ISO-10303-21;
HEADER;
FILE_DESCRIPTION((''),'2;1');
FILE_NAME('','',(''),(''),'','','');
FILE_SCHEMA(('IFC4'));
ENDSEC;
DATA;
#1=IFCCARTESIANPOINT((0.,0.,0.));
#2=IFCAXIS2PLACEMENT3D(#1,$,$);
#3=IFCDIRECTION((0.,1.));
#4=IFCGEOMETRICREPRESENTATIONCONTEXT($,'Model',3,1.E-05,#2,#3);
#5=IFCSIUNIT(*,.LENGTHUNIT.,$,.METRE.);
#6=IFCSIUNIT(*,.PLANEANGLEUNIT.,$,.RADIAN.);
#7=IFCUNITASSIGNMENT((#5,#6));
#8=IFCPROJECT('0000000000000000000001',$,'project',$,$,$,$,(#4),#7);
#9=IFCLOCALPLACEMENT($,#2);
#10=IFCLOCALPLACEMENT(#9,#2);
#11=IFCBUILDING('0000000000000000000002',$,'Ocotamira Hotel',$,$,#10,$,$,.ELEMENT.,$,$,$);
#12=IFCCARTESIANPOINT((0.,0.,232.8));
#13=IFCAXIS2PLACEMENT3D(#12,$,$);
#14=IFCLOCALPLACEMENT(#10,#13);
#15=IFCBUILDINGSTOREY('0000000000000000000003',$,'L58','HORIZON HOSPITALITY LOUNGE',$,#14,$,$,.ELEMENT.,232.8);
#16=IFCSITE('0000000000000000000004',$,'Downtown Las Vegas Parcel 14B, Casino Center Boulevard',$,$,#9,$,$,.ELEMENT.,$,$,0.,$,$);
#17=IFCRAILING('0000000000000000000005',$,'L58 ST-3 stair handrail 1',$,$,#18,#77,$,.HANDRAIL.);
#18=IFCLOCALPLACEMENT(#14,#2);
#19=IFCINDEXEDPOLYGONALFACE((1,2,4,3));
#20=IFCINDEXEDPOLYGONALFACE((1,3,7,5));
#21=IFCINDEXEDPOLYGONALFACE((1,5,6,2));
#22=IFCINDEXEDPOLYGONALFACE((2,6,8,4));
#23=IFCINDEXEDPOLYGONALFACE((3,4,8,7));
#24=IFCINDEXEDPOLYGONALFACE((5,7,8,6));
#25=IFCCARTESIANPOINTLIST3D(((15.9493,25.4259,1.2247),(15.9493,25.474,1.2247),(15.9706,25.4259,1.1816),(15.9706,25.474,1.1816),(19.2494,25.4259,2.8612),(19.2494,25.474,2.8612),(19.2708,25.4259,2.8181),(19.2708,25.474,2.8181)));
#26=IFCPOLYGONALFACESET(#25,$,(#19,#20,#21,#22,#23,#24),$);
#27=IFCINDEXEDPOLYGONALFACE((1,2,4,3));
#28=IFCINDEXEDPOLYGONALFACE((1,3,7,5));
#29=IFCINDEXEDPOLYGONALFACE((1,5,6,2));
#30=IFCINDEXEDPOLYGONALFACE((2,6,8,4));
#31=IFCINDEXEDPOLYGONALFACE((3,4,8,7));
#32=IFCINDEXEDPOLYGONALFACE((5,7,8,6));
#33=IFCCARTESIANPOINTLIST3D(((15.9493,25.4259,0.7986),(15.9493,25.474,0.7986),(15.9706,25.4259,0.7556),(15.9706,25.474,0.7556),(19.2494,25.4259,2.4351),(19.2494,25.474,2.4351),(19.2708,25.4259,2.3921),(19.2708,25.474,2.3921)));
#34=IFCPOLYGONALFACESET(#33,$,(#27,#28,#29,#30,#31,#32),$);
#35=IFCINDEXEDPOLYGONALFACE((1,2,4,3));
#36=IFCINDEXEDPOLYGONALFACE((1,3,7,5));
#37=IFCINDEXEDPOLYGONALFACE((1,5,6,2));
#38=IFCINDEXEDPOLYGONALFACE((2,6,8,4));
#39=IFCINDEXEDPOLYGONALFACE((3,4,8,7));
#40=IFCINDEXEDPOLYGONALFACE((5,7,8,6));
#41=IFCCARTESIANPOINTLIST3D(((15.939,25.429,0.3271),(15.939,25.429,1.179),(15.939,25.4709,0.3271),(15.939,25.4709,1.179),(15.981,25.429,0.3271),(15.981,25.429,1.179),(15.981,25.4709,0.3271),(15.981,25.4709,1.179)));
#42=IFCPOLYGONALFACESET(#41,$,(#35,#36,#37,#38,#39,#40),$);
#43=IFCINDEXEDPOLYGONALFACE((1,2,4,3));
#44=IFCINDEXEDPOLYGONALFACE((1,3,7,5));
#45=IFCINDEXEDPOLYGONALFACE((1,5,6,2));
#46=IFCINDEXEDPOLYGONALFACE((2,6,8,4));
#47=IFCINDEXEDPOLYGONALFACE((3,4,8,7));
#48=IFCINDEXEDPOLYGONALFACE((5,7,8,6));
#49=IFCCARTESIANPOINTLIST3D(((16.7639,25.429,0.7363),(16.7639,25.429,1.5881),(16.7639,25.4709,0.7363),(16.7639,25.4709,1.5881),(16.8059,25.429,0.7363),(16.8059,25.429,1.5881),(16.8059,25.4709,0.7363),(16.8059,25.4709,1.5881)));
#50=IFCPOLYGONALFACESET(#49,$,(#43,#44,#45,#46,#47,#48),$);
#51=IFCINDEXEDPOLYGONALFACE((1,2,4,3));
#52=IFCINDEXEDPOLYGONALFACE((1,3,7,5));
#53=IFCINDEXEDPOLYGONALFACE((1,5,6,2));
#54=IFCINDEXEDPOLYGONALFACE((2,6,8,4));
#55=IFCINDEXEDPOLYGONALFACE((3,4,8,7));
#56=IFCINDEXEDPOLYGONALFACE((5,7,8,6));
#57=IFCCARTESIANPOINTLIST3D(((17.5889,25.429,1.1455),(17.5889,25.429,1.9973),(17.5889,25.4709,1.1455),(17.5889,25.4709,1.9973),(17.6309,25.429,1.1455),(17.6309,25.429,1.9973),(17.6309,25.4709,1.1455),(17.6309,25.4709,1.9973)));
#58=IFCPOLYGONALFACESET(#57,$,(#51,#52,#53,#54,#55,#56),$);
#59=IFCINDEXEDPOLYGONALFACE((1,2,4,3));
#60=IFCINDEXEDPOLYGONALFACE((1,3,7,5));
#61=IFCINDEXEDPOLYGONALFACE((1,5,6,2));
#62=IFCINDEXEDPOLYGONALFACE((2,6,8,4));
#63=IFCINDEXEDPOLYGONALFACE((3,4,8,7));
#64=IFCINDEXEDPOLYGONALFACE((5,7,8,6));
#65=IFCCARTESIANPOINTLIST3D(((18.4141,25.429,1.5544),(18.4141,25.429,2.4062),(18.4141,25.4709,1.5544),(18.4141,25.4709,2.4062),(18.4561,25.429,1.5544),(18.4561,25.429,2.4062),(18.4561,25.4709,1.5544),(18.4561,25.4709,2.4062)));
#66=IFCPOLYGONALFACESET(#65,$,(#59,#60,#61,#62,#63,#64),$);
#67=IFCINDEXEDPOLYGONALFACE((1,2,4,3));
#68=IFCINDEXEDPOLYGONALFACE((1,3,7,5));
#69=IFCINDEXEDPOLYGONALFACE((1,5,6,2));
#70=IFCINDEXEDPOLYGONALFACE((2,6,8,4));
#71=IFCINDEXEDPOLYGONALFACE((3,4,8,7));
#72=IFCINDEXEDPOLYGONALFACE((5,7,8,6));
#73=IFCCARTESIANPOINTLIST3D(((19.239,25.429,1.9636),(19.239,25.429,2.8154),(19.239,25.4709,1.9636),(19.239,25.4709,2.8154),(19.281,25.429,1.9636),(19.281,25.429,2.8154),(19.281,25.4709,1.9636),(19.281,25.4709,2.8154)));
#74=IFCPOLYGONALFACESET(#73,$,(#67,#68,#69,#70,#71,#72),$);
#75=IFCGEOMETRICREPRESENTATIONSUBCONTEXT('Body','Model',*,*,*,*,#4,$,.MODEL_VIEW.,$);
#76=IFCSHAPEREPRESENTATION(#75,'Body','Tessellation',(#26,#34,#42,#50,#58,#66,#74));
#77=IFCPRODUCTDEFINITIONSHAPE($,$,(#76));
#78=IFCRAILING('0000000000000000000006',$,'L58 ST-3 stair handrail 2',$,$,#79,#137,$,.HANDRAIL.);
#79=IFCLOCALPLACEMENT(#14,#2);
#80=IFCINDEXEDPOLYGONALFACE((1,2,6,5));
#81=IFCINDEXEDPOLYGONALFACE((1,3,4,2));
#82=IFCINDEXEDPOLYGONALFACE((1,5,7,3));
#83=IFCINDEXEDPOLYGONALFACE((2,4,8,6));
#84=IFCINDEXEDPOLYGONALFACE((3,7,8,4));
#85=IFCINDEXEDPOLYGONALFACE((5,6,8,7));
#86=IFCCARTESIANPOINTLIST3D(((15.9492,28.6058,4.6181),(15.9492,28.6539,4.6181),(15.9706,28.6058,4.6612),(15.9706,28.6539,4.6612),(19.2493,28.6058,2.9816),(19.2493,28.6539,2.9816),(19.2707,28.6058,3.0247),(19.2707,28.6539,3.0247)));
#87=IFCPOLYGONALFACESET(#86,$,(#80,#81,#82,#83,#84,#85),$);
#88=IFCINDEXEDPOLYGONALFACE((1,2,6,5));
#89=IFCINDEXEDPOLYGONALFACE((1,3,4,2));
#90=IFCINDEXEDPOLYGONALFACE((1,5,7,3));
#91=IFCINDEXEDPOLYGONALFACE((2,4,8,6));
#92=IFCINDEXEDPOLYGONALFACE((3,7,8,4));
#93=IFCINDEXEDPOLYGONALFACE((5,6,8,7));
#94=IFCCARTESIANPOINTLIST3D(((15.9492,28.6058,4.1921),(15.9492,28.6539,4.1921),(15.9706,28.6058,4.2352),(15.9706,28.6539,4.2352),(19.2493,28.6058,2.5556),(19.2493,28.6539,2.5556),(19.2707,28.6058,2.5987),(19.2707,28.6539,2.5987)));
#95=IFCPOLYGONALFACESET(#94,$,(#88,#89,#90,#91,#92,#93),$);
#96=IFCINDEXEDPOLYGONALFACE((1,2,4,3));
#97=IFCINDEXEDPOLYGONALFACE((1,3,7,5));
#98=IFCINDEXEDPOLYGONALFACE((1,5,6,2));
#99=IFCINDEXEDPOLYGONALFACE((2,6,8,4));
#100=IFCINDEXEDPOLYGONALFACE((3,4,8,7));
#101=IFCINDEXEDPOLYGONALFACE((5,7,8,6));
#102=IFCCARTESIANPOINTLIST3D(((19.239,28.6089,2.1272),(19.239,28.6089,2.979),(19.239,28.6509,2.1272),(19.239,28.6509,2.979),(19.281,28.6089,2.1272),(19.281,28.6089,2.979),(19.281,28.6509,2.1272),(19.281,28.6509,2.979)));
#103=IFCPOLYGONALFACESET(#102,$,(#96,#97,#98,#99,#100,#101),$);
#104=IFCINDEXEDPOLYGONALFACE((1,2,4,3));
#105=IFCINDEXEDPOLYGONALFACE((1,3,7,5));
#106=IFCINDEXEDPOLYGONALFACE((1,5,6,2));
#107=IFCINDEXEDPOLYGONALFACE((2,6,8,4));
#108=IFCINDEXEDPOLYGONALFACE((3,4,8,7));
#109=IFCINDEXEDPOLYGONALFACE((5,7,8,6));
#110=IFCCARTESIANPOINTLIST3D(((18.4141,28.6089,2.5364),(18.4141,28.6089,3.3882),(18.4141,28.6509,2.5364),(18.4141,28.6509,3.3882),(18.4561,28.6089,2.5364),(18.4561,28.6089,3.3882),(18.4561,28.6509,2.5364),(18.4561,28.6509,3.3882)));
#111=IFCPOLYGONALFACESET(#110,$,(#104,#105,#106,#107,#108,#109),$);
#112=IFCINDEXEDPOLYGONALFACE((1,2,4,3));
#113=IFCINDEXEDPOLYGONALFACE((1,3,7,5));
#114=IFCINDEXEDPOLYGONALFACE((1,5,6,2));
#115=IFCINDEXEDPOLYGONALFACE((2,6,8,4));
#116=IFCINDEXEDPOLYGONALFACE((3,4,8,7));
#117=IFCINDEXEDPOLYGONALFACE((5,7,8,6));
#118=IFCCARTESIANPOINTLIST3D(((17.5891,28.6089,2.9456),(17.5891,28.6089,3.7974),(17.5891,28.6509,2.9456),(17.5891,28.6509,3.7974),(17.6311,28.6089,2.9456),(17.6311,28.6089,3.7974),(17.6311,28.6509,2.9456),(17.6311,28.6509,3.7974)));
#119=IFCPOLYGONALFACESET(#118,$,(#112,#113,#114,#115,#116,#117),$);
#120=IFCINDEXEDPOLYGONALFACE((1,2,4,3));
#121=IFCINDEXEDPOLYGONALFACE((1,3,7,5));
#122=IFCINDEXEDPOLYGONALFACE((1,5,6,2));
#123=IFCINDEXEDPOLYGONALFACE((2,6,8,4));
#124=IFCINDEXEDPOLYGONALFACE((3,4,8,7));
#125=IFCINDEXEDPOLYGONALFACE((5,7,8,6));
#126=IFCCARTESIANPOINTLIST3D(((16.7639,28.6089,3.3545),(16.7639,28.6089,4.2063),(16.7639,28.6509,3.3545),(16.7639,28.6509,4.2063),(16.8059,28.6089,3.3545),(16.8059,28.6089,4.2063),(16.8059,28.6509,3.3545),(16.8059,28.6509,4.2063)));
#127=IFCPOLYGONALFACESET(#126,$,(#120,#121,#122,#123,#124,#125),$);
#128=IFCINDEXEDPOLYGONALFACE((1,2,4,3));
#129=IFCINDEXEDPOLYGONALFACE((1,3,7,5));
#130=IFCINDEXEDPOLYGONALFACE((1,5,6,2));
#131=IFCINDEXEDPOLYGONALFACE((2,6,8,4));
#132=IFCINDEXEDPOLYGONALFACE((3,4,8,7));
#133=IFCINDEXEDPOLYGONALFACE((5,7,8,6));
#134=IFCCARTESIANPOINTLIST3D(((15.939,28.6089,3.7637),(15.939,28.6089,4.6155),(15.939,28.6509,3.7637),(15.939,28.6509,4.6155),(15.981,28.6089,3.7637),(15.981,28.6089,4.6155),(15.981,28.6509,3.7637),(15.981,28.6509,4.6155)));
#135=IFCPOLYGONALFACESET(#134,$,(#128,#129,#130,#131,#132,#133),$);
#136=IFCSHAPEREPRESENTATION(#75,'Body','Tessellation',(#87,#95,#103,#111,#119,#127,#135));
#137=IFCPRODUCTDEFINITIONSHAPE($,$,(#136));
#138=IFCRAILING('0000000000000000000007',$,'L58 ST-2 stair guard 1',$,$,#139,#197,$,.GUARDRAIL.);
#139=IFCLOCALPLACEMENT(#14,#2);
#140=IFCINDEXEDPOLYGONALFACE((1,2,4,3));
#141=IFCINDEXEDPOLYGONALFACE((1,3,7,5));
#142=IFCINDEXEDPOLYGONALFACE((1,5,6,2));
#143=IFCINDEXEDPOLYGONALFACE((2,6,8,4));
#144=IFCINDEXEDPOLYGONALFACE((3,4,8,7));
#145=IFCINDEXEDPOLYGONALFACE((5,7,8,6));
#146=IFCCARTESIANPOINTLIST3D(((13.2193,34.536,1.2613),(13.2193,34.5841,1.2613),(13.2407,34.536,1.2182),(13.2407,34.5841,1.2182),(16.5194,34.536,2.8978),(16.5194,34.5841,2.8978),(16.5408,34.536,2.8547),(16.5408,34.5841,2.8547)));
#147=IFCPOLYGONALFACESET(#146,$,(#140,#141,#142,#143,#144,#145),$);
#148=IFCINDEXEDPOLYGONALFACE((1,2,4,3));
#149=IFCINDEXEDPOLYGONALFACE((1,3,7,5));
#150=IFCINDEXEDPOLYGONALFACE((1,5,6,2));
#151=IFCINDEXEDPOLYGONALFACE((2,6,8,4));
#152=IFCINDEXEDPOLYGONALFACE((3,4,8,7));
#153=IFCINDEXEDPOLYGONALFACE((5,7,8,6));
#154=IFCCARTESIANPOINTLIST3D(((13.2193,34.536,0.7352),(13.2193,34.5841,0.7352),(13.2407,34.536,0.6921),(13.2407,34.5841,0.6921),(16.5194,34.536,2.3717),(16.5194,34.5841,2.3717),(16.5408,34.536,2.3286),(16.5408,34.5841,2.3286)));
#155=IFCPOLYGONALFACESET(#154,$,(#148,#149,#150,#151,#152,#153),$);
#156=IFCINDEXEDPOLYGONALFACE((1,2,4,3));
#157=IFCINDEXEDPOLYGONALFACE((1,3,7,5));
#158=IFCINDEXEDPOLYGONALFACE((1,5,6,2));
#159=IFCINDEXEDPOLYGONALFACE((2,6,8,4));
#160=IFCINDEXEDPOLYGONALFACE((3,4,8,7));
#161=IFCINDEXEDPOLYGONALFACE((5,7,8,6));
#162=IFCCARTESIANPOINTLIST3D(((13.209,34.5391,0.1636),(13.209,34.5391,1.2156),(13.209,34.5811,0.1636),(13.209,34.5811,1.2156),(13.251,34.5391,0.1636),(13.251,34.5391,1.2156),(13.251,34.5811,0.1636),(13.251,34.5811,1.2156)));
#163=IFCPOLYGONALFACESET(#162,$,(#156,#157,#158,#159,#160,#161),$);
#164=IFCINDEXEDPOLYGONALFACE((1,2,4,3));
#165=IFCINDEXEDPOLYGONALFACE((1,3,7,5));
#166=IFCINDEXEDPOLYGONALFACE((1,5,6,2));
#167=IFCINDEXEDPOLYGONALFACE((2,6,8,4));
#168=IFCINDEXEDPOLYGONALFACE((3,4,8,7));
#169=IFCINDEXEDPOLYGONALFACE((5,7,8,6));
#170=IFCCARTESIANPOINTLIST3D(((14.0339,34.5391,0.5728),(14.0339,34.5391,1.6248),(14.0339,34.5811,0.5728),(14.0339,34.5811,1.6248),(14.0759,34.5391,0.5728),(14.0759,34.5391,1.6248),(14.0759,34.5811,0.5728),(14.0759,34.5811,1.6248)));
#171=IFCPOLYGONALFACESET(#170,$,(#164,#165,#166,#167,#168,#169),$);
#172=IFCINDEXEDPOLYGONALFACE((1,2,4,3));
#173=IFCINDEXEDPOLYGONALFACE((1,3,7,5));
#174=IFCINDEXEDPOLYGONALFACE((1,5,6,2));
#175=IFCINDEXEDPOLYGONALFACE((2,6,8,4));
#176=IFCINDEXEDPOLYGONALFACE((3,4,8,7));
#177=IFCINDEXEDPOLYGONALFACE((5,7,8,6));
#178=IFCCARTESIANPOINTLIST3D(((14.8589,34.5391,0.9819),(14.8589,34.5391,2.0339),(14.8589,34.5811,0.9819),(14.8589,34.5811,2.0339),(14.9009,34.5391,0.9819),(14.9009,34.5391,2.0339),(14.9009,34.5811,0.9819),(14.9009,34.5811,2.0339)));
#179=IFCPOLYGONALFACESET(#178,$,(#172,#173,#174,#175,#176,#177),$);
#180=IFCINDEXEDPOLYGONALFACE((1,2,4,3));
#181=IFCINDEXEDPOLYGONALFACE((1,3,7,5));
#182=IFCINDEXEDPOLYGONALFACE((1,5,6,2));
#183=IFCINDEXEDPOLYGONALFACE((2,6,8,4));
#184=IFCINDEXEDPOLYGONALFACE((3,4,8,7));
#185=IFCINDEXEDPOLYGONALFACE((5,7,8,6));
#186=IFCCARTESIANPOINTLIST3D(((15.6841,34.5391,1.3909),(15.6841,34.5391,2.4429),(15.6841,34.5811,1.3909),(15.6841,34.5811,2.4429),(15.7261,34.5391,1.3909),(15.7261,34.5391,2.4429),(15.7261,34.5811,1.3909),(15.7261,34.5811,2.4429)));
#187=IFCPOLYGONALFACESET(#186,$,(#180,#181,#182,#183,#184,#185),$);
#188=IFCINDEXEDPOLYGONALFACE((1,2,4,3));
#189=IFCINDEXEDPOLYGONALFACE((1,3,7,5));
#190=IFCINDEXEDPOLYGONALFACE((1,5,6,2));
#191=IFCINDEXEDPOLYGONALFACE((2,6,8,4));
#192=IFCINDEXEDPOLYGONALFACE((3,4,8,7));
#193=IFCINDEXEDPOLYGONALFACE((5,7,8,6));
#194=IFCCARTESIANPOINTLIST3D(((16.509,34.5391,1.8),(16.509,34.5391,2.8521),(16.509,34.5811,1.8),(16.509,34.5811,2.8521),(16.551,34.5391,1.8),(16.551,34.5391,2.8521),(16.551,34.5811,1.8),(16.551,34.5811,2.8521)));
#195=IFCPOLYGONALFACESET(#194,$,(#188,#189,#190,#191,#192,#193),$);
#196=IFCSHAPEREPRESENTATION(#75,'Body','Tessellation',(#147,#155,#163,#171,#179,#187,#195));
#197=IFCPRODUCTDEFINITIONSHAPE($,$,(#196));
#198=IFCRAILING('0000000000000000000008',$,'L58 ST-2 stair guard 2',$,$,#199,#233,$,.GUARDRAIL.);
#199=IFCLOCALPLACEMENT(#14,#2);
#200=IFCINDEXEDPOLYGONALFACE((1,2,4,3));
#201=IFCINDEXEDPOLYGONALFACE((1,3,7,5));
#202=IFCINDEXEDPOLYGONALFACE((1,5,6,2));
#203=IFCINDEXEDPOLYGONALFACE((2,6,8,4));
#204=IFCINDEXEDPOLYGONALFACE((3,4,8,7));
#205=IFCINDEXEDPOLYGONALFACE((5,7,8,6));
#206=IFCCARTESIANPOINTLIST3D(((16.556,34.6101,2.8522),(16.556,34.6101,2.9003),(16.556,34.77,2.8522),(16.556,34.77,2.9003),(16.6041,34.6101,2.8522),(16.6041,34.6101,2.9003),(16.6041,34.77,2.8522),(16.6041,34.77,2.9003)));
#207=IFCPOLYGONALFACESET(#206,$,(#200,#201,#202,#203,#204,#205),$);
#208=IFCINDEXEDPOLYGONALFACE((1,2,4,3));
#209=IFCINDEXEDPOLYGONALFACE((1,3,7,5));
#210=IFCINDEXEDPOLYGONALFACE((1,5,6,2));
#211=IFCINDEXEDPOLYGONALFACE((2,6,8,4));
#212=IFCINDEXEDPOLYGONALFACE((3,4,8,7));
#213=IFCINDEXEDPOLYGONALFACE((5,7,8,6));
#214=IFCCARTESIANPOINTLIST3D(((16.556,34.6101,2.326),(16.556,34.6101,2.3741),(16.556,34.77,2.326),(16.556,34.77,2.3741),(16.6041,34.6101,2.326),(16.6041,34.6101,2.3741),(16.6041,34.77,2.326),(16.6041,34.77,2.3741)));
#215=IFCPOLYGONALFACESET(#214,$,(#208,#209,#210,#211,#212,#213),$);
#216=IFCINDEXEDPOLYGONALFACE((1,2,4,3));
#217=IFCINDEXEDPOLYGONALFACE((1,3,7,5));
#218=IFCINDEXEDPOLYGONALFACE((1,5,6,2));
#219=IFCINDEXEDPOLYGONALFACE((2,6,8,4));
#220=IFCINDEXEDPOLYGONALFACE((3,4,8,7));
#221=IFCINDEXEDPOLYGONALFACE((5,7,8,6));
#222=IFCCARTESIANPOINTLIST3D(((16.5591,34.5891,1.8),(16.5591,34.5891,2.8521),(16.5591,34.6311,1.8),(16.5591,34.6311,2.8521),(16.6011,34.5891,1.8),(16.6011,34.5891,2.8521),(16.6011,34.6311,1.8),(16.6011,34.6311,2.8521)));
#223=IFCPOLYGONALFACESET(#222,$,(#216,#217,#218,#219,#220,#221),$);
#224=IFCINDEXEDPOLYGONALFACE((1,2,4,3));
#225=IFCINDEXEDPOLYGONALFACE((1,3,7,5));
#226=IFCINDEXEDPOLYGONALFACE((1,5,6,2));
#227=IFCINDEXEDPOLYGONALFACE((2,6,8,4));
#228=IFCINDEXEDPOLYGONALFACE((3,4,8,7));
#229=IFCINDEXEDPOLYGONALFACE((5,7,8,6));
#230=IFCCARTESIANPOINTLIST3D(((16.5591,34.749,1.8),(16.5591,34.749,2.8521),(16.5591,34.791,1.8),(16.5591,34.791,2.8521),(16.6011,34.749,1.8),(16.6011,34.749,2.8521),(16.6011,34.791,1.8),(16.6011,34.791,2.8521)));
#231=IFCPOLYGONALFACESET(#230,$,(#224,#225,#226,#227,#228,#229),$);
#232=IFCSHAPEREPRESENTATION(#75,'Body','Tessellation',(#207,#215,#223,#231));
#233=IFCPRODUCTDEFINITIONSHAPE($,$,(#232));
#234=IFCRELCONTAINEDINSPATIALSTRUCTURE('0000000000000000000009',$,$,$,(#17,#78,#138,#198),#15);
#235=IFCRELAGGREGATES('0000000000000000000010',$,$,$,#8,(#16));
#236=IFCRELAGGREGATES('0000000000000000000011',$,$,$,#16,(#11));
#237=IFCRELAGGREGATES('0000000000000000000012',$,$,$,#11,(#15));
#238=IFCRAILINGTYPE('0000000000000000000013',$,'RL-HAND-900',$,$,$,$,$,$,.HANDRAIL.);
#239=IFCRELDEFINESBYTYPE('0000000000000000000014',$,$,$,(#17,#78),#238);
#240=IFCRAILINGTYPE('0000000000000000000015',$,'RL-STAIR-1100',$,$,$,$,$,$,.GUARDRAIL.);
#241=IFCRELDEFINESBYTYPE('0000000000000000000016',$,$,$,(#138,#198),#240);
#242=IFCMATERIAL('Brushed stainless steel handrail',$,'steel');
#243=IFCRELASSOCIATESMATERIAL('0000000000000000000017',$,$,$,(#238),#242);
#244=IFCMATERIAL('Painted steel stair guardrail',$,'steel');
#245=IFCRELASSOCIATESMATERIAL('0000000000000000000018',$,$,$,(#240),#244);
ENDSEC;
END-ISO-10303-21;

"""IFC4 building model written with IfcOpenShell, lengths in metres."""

from ifc_helpers import new_model, si_unit, direction, frame, origin, origin_2d, place, context, subcontext, project, spatial, rectangle, extrude, material, type_object, element, save


model = new_model("IFC4")

# Units and contexts
model_context = context("Model", 3, precision=1e-05, world=origin(), true_north=direction((0.0, 1.0)))
body_context = subcontext(model_context, "Body", "Model", "MODEL_VIEW")
ifc_project = project(units=[si_unit("LENGTHUNIT", "METRE"), si_unit("PLANEANGLEUNIT", "RADIAN")], contexts=[model_context])

# Site, building, storey
site_placement = place(None, origin())
site = spatial("IfcSite", under=ifc_project, at=site_placement, Name="Downtown Las Vegas Parcel 14B, Casino Center Boulevard", CompositionType="ELEMENT", RefElevation=0.0)
building_placement = place(site_placement, origin())
building = spatial("IfcBuilding", under=site, at=building_placement, Name="Ocotamira Hotel", CompositionType="ELEMENT")
storey_placement = place(building_placement, frame((0.0, 0.0, 232.8)))
storey = spatial("IfcBuildingStorey", under=building, at=storey_placement, Name="L58", Description="HORIZON HOSPITALITY LOUNGE", CompositionType="ELEMENT", Elevation=232.8)

# Railings
ifc_material_1 = material(Name="Painted steel stair guardrail", Category="steel")
ifc_material_2 = material(Name="Brushed stainless steel handrail", Category="steel")
railing_type_1 = type_object("IfcRailingType", Name="RL-HAND-900", PredefinedType="HANDRAIL", material=ifc_material_2)
for number, where, name in (
    (1, (15.96, 25.45, 0.3271), "L58 ST-3 stair handrail 1"),
):
    element("IfcRailing", number, at=place(storey_placement, frame(where)), inside=storey, type_object=railing_type_1, Name=name, PredefinedType="HANDRAIL", context=body_context, shape_type="SweptSolid", body=[
        extrude(rectangle(XDim=0.0481, YDim=0.0481, at=origin_2d()), frame((0.0, 0.0, 0.876), z_axis=(0.895894, 0.0, 0.444268), x_axis=(0.0, 1.0, 0.0)), (0.0, 0.0, 1.0), 3.6836),
        extrude(rectangle(XDim=0.0481, YDim=0.0481, at=origin_2d()), frame((0.0, 0.0, 0.45), z_axis=(0.895894, 0.0, 0.444268), x_axis=(0.0, 1.0, 0.0)), (0.0, 0.0, 1.0), 3.6836),
        extrude(rectangle(XDim=0.042, YDim=0.042, at=origin_2d()), origin(), (0.0, 0.0, 1.0), 0.8518),
        extrude(rectangle(XDim=0.042, YDim=0.042, at=origin_2d()), frame((0.825, 0.0, 0.4092)), (0.0, 0.0, 1.0), 0.8518),
        extrude(rectangle(XDim=0.042, YDim=0.042, at=origin_2d()), frame((1.6499, 0.0, 0.8184)), (0.0, 0.0, 1.0), 0.8518),
        extrude(rectangle(XDim=0.042, YDim=0.042, at=origin_2d()), frame((2.4751, 0.0, 1.2273)), (0.0, 0.0, 1.0), 0.8518),
        extrude(rectangle(XDim=0.042, YDim=0.042, at=origin_2d()), frame((3.3, 0.0, 1.6365)), (0.0, 0.0, 1.0), 0.8518),
    ])
railing_1_placement = place(storey_placement, frame((19.26, 28.6299, 2.1272)))
element("IfcRailing", 2, at=railing_1_placement, inside=storey, type_object=railing_type_1, Name="L58 ST-3 stair handrail 2", PredefinedType="HANDRAIL", context=body_context, shape_type="SweptSolid", body=[
    extrude(rectangle(XDim=0.0481, YDim=0.0481, at=origin_2d()), frame((0.0, 0.0, 0.876), z_axis=(-0.895894, 0.0, 0.444268), x_axis=(0.0, -1.0, 0.0)), (0.0, 0.0, 1.0), 3.6836),
    extrude(rectangle(XDim=0.0481, YDim=0.0481, at=origin_2d()), frame((0.0, 0.0, 0.45), z_axis=(-0.895894, 0.0, 0.444268), x_axis=(0.0, -1.0, 0.0)), (0.0, 0.0, 1.0), 3.6836),
    extrude(rectangle(XDim=0.042, YDim=0.042, at=origin_2d()), origin(), (0.0, 0.0, 1.0), 0.8518),
    extrude(rectangle(XDim=0.042, YDim=0.042, at=origin_2d()), frame((-0.825, 0.0, 0.4092)), (0.0, 0.0, 1.0), 0.8518),
    extrude(rectangle(XDim=0.042, YDim=0.042, at=origin_2d()), frame((-1.6499, 0.0, 0.8184)), (0.0, 0.0, 1.0), 0.8518),
    extrude(rectangle(XDim=0.042, YDim=0.042, at=origin_2d()), frame((-2.4751, 0.0, 1.2273)), (0.0, 0.0, 1.0), 0.8518),
    extrude(rectangle(XDim=0.042, YDim=0.042, at=origin_2d()), frame((-3.3, 0.0, 1.6365)), (0.0, 0.0, 1.0), 0.8518),
])
railing_type_2 = type_object("IfcRailingType", Name="RL-STAIR-1100", PredefinedType="GUARDRAIL", material=ifc_material_1)
railing_2_placement = place(storey_placement, frame((13.23, 34.5601, 0.1636)))
element("IfcRailing", 3, at=railing_2_placement, inside=storey, type_object=railing_type_2, Name="L58 ST-2 stair guard 1", PredefinedType="GUARDRAIL", context=body_context, shape_type="SweptSolid", body=[
    extrude(rectangle(XDim=0.0481, YDim=0.0481, at=origin_2d()), frame((0.0, 0.0, 1.0762), z_axis=(0.895894, 0.0, 0.444268), x_axis=(0.0, 1.0, 0.0)), (0.0, 0.0, 1.0), 3.6836),
    extrude(rectangle(XDim=0.0481, YDim=0.0481, at=origin_2d()), frame((0.0, 0.0, 0.55), z_axis=(0.895894, 0.0, 0.444268), x_axis=(0.0, 1.0, 0.0)), (0.0, 0.0, 1.0), 3.6836),
    extrude(rectangle(XDim=0.042, YDim=0.042, at=origin_2d()), origin(), (0.0, 0.0, 1.0), 1.052),
    extrude(rectangle(XDim=0.042, YDim=0.042, at=origin_2d()), frame((0.825, 0.0, 0.4092)), (0.0, 0.0, 1.0), 1.052),
    extrude(rectangle(XDim=0.042, YDim=0.042, at=origin_2d()), frame((1.6499, 0.0, 0.8184)), (0.0, 0.0, 1.0), 1.052),
    extrude(rectangle(XDim=0.042, YDim=0.042, at=origin_2d()), frame((2.4751, 0.0, 1.2273)), (0.0, 0.0, 1.0), 1.052),
    extrude(rectangle(XDim=0.042, YDim=0.042, at=origin_2d()), frame((3.3, 0.0, 1.6365)), (0.0, 0.0, 1.0), 1.052),
])
railing_3_placement = place(storey_placement, frame((16.5801, 34.6101, 1.8)))
element("IfcRailing", 4, at=railing_3_placement, inside=storey, type_object=railing_type_2, Name="L58 ST-2 stair guard 2", PredefinedType="GUARDRAIL", context=body_context, shape_type="SweptSolid", body=[
    extrude(rectangle(XDim=0.0481, YDim=0.0481, at=origin_2d()), frame((0.0, 0.0, 1.0762), z_axis=(0.0, 1.0, 0.0), x_axis=(-1.0, 0.0, 0.0)), (0.0, 0.0, 1.0), 0.1599),
    extrude(rectangle(XDim=0.0481, YDim=0.0481, at=origin_2d()), frame((0.0, 0.0, 0.55), z_axis=(0.0, 1.0, 0.0), x_axis=(-1.0, 0.0, 0.0)), (0.0, 0.0, 1.0), 0.1599),
    extrude(rectangle(XDim=0.042, YDim=0.042, at=origin_2d()), origin(), (0.0, 0.0, 1.0), 1.052),
    extrude(rectangle(XDim=0.042, YDim=0.042, at=origin_2d()), frame((0.0, 0.1599, 0.0)), (0.0, 0.0, 1.0), 1.052),
])

save(model, "model.ifc")
